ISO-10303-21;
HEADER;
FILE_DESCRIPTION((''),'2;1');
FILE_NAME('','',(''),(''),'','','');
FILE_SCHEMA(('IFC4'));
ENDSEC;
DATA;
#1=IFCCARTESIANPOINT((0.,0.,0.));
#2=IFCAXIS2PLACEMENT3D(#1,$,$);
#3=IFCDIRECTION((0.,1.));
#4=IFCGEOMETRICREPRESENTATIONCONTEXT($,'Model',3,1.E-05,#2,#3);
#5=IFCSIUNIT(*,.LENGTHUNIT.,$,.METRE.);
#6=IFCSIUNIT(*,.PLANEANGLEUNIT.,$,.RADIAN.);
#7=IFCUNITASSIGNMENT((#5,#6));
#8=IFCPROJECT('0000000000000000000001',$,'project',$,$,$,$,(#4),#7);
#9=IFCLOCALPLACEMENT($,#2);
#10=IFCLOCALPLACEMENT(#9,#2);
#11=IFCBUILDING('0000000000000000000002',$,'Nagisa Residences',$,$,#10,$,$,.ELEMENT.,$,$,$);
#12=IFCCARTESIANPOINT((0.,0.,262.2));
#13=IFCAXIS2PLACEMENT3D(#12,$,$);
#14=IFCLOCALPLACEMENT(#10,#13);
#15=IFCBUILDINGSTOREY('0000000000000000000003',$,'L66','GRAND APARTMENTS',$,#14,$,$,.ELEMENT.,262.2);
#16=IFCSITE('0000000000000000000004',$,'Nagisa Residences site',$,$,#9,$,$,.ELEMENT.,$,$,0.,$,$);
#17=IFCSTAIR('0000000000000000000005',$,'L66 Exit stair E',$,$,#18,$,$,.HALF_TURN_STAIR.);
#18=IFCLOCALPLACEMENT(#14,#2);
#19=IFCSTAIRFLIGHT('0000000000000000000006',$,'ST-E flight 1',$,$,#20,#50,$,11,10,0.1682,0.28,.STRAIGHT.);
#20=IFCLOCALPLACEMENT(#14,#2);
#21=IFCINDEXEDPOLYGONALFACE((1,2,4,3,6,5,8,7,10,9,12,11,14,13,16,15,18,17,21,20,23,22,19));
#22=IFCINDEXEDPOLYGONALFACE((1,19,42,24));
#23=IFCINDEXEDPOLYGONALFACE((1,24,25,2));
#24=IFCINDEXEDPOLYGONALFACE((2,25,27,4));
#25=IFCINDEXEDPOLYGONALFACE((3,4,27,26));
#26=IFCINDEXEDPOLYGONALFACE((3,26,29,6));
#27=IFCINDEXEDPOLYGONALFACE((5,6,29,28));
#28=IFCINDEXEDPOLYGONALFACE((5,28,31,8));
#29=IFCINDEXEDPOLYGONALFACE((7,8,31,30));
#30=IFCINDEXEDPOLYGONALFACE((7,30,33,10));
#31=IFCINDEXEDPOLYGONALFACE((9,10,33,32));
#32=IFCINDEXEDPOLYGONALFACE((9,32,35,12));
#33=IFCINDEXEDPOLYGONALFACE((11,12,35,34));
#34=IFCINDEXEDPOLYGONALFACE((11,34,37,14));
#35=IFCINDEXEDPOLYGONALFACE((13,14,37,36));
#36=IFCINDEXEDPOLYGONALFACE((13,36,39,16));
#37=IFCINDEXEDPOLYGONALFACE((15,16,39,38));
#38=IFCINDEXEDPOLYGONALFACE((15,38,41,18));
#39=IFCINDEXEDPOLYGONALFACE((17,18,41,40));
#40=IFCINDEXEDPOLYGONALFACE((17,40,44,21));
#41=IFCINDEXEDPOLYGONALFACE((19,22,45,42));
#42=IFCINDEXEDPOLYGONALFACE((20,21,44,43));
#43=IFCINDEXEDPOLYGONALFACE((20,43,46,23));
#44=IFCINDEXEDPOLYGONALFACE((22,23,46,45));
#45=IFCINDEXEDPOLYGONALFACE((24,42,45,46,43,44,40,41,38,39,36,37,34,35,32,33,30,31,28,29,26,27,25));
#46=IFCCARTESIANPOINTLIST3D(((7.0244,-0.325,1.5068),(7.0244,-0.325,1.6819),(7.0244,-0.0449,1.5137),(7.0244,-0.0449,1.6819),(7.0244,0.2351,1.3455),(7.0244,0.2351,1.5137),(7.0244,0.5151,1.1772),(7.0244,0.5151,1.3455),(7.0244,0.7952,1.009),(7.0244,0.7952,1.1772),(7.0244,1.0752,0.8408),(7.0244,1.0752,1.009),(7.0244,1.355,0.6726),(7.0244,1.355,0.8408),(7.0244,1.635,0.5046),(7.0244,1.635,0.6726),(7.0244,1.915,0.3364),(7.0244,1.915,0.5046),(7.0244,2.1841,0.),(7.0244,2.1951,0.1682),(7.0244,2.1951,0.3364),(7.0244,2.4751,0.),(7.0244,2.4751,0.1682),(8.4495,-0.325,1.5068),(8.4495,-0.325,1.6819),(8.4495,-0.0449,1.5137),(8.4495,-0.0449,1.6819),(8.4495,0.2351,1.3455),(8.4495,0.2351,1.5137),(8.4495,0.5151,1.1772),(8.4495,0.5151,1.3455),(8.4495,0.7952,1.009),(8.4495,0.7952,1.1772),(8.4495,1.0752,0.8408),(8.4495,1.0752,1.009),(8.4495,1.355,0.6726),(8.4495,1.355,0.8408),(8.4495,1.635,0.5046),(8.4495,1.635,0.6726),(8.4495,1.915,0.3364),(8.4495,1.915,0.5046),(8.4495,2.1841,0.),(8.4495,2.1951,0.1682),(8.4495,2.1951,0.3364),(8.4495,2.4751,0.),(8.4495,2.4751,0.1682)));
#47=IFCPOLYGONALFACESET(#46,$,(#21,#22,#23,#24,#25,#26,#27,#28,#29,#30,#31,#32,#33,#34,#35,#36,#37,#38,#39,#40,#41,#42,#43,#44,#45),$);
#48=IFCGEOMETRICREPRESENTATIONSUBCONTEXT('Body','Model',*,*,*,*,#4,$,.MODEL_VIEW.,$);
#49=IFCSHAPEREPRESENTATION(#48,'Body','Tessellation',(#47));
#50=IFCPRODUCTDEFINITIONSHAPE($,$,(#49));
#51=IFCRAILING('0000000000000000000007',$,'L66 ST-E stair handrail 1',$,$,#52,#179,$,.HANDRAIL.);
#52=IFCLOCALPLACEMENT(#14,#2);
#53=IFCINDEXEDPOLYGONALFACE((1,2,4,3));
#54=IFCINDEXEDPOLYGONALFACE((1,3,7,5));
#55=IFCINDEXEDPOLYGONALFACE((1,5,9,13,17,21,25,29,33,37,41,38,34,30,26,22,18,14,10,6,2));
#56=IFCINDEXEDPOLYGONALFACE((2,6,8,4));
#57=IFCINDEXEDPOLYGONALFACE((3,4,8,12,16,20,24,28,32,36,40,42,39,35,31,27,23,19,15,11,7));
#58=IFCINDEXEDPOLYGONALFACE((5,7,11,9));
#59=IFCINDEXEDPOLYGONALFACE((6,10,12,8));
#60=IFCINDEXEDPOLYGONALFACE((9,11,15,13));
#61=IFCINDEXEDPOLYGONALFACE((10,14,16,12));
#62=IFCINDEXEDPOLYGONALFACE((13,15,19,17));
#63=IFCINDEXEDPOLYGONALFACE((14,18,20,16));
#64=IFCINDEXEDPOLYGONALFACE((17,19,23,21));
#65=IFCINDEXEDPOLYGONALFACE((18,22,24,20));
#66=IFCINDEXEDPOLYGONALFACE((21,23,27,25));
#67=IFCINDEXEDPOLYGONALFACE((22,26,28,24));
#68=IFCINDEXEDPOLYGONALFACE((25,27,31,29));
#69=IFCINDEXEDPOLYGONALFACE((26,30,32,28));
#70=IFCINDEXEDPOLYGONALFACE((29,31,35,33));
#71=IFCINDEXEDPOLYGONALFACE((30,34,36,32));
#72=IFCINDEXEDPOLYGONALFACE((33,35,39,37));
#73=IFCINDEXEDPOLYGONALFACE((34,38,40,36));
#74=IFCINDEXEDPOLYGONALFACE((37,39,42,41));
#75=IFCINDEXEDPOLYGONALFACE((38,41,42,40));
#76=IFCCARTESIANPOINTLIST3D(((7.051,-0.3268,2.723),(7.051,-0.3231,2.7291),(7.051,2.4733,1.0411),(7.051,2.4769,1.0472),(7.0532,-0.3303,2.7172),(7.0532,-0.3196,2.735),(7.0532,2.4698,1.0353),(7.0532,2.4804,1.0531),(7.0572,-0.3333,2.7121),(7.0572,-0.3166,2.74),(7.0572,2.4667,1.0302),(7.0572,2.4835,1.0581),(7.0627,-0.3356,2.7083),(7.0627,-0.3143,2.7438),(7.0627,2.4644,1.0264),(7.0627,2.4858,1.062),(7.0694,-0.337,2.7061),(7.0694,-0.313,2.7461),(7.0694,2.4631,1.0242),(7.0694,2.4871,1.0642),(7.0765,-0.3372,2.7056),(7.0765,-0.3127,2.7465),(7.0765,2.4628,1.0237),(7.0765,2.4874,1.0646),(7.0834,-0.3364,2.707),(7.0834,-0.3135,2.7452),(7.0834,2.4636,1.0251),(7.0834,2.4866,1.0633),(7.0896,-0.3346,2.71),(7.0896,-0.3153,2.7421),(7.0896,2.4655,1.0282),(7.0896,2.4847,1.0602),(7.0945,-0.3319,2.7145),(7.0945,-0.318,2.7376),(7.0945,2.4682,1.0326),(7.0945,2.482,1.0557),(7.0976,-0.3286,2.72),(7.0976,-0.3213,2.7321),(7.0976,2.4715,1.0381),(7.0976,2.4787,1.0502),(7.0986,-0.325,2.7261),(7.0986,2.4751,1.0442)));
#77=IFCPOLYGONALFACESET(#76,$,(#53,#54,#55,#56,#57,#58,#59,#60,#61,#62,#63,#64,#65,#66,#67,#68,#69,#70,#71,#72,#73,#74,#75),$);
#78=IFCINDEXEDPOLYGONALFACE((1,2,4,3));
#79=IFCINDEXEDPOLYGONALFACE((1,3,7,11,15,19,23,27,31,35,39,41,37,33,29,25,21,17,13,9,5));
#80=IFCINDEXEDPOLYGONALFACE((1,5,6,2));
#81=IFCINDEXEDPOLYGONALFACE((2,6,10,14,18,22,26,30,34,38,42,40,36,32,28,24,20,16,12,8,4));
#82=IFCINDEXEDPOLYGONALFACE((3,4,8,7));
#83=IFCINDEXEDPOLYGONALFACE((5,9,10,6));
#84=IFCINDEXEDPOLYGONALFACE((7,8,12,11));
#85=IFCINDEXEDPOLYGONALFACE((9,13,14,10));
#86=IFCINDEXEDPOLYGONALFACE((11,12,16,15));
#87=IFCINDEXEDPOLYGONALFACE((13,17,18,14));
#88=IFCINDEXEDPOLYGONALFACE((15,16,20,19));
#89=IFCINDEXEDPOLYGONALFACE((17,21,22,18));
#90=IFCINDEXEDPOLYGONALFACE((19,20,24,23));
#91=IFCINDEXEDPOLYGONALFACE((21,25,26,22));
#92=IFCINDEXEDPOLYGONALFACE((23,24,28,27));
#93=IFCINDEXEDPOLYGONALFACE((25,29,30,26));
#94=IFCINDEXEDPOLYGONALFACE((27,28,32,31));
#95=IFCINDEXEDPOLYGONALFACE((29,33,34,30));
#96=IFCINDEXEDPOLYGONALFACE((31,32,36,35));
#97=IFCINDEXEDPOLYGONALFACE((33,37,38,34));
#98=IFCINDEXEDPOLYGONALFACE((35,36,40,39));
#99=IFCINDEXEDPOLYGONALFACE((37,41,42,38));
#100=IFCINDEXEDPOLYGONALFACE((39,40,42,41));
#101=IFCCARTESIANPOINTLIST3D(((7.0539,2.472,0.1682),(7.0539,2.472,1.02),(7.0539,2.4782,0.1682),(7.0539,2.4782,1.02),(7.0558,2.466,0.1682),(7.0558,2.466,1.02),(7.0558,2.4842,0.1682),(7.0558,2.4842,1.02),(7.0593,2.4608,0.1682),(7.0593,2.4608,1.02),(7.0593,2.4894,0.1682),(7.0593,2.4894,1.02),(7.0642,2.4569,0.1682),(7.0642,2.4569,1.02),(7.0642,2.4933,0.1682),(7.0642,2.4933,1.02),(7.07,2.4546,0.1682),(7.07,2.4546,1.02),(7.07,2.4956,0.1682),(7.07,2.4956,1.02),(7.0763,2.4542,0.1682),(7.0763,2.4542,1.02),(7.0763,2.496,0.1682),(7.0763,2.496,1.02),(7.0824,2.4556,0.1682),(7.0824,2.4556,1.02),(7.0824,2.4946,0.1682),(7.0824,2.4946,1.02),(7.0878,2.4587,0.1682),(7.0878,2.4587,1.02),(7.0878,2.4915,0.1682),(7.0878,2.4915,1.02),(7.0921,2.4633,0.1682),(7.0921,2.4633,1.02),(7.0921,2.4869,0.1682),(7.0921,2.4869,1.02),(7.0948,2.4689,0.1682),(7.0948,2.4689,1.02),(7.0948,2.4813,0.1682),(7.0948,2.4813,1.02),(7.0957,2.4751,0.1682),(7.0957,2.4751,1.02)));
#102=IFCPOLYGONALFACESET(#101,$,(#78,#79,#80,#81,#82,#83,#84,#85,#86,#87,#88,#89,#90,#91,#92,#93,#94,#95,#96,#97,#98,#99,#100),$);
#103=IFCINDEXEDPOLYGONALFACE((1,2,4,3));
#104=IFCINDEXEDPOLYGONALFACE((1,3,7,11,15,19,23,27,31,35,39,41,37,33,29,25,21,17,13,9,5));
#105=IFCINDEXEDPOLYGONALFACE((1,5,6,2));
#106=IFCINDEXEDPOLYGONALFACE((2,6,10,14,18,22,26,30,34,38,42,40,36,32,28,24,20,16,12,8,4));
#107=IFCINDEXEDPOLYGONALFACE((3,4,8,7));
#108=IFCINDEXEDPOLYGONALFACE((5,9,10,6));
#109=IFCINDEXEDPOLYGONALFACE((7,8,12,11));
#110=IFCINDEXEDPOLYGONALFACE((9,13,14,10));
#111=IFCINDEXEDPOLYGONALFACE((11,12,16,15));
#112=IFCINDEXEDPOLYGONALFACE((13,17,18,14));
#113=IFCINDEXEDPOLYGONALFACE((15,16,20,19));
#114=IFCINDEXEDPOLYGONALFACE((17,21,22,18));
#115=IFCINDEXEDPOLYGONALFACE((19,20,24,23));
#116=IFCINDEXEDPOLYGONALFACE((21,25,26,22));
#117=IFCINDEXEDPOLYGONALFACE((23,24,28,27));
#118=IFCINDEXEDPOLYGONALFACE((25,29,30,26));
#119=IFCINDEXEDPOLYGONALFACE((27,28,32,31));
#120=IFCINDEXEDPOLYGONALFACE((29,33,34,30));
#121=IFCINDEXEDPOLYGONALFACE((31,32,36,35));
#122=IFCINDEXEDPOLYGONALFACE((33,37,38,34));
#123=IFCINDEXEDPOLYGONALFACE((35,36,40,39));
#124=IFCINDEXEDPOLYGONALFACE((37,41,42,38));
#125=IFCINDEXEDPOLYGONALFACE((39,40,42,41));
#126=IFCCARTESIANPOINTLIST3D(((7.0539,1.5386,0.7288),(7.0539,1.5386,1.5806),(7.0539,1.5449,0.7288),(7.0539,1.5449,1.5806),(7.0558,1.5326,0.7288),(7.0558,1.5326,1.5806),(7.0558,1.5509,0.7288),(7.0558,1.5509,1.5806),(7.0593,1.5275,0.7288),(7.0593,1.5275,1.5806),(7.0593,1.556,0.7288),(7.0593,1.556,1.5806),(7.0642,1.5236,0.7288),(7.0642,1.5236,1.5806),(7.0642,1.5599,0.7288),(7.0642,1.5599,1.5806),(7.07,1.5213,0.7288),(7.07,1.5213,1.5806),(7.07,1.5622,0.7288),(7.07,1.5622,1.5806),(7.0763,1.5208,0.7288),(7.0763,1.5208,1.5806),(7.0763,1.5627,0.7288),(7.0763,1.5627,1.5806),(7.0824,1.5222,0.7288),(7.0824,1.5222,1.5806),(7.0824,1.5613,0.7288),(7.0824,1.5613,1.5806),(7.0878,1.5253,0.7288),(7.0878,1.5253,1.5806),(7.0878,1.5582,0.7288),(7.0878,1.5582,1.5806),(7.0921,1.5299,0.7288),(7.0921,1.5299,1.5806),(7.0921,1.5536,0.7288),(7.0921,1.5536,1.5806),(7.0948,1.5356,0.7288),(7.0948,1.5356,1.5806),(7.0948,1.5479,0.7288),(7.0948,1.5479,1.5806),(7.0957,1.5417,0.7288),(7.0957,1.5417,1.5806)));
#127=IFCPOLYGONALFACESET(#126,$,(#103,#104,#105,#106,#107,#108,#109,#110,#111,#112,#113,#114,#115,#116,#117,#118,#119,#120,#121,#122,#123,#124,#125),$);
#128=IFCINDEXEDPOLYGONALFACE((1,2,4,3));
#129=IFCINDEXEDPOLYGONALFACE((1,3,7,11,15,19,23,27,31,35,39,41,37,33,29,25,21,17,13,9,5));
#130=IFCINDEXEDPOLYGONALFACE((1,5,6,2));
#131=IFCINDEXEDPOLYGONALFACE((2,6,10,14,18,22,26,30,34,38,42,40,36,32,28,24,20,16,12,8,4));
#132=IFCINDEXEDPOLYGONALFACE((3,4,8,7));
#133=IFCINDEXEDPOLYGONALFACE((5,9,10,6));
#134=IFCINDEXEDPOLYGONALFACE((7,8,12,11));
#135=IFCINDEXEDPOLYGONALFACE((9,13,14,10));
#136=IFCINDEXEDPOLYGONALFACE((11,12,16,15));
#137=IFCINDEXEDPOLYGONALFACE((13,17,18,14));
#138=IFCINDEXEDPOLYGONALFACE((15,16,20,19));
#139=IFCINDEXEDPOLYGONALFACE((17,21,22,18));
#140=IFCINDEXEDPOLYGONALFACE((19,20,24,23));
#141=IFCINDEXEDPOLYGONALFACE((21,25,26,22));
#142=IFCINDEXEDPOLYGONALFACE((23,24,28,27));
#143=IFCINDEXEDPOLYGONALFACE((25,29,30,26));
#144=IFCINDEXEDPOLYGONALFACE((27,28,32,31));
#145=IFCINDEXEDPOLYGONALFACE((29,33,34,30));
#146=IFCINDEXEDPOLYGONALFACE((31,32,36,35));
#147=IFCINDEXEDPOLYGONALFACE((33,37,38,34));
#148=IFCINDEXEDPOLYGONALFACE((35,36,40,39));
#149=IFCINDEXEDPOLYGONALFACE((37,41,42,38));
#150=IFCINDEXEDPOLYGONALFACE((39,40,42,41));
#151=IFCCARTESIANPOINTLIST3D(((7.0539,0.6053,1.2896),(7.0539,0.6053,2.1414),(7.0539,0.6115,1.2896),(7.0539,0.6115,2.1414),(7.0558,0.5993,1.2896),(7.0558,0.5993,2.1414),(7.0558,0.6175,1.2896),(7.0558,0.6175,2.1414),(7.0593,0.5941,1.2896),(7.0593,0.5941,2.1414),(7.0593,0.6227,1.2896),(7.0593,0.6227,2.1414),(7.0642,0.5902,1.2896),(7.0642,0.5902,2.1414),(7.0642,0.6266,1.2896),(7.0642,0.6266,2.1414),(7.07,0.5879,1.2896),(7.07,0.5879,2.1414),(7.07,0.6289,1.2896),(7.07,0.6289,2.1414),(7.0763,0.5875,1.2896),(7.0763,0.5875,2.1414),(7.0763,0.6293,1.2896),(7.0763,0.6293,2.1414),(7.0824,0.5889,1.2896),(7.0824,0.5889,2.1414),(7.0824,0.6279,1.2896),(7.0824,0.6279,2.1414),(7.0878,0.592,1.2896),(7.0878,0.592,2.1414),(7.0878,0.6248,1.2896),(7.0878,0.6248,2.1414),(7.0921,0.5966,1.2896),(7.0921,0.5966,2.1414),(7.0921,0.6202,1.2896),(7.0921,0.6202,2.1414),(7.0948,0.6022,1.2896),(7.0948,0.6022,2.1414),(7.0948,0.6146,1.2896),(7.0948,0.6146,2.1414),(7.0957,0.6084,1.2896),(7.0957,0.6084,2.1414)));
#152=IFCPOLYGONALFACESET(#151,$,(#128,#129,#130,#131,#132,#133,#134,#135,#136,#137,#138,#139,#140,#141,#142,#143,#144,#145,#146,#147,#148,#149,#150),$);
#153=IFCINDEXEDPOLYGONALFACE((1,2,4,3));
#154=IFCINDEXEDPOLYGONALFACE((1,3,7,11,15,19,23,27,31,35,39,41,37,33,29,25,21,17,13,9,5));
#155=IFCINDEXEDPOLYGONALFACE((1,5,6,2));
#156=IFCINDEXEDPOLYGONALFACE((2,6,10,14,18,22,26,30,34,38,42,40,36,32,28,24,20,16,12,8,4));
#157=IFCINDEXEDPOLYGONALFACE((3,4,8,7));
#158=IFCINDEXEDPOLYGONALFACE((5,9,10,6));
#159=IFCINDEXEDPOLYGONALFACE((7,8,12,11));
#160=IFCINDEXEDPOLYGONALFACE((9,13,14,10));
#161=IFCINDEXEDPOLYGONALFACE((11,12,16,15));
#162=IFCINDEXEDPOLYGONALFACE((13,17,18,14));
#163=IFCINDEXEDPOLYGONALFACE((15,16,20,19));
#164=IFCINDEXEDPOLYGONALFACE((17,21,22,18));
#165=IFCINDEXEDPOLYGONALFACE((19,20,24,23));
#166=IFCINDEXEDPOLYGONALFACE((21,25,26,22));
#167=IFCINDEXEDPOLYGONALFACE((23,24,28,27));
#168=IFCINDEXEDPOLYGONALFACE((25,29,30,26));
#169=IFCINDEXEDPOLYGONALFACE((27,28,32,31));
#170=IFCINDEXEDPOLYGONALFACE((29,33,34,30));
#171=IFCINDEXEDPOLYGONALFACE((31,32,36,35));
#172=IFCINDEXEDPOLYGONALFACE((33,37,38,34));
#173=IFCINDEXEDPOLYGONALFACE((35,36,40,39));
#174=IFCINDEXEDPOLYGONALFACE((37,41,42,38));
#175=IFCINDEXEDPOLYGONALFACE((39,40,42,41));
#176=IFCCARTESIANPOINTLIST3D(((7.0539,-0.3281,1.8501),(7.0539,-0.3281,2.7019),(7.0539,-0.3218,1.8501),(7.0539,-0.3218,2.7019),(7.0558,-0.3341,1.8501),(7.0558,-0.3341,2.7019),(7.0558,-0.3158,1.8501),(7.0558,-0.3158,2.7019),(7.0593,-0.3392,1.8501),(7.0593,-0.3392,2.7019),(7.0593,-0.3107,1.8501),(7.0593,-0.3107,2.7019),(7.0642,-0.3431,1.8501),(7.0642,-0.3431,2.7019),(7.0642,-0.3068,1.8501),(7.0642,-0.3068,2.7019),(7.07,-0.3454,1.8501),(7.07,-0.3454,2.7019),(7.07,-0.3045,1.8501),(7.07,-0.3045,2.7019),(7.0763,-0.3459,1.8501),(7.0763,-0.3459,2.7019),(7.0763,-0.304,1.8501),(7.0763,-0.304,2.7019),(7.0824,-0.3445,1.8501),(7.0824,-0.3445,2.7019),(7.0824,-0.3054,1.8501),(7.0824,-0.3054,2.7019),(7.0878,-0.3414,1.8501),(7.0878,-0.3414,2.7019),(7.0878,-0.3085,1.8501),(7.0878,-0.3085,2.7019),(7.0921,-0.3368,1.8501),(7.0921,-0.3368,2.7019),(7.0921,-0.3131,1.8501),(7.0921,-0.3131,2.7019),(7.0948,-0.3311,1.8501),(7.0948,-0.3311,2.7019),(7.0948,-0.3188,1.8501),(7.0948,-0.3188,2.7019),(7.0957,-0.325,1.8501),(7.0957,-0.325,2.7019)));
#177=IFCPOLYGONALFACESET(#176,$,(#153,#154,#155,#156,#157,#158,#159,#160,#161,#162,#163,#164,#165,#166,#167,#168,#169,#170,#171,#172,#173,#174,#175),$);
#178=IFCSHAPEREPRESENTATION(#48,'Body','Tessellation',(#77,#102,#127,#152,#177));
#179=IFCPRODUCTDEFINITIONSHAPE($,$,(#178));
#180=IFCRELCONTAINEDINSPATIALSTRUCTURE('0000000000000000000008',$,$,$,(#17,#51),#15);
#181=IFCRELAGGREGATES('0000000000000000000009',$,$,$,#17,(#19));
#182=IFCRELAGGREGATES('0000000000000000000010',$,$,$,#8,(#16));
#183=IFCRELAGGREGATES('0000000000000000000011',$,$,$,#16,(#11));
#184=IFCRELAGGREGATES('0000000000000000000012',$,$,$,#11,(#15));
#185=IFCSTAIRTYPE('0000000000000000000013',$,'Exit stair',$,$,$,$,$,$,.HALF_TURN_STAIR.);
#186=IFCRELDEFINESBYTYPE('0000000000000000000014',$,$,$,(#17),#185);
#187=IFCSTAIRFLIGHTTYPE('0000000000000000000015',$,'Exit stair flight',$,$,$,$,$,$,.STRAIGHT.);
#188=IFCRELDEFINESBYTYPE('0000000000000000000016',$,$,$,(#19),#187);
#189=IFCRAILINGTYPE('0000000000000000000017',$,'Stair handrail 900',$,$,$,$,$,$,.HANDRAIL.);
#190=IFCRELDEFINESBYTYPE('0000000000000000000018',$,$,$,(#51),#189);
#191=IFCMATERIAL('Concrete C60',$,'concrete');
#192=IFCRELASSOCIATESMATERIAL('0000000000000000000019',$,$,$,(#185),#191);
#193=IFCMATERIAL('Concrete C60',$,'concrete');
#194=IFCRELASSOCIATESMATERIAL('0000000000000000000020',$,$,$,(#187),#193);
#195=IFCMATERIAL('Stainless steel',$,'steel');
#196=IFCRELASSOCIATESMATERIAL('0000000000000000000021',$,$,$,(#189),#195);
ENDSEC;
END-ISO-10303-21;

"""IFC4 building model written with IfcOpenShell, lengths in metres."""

from ifc_helpers import new_model, si_unit, direction, frame, origin, origin_2d, place, context, subcontext, project, spatial, polyline, circle, outline, extrude, material, type_object, element, aggregate, save


model = new_model("IFC4")

# Units and contexts
model_context = context("Model", 3, precision=1e-05, world=origin(), true_north=direction((0.0, 1.0)))
body_context = subcontext(model_context, "Body", "Model", "MODEL_VIEW")
ifc_project = project(units=[si_unit("LENGTHUNIT", "METRE"), si_unit("PLANEANGLEUNIT", "RADIAN")], contexts=[model_context])

# Site, building, storey
site_placement = place(None, origin())
site = spatial("IfcSite", under=ifc_project, at=site_placement, Name="Nagisa Residences site", CompositionType="ELEMENT", RefElevation=0.0)
building_placement = place(site_placement, origin())
building = spatial("IfcBuilding", under=site, at=building_placement, Name="Nagisa Residences", CompositionType="ELEMENT")
storey_placement = place(building_placement, frame((0.0, 0.0, 262.2)))
storey = spatial("IfcBuildingStorey", under=building, at=storey_placement, Name="L66", Description="GRAND APARTMENTS", CompositionType="ELEMENT", Elevation=262.2)

# Stair
ifc_material_1 = material(Name="Concrete C60", Category="concrete")
stair_type = type_object("IfcStairType", Name="Exit stair", PredefinedType="HALF_TURN_STAIR", material=ifc_material_1)
stair_1_placement = place(storey_placement, origin())
stair_1 = element("IfcStair", 1, at=stair_1_placement, inside=storey, type_object=stair_type, Name="L66 Exit stair E", PredefinedType="HALF_TURN_STAIR")

# Stair flight
ifc_material_2 = material(Name="Concrete C60", Category="concrete")
stair_flight_type = type_object("IfcStairFlightType", Name="Exit stair flight", PredefinedType="STRAIGHT", material=ifc_material_2)
stair_flight_placement = place(storey_placement, frame((7.7371, 2.4751, 0.0), z_axis=(0.0, 0.0, 1.0), x_axis=(0.0, -1.0, 0.0)))
stair_flight = element("IfcStairFlight", 2, at=stair_flight_placement, type_object=stair_flight_type, Name="ST-E flight 1", NumberOfRisers=11, NumberOfTreads=10, PredefinedType="STRAIGHT", RiserHeight=0.1682, TreadLength=0.28, context=body_context, shape_type="SweptSolid", body=[
    extrude(outline(polyline([(0.0, 0.0), (0.0, 0.1682), (0.28, 0.1682), (0.28, 0.3364), (0.5601, 0.3364), (0.5601, 0.5046), (0.8401, 0.5046), (0.8401, 0.6726), (1.1201, 0.6726), (1.1201, 0.8408), (1.3999, 0.8408), (1.3999, 1.009), (1.6799, 1.009), (1.6799, 1.1772), (1.96, 1.1772), (1.96, 1.3455), (2.24, 1.3455), (2.24, 1.5137), (2.52, 1.5137), (2.52, 1.6819), (2.8, 1.6819), (2.8, 1.8501), (2.8, 1.5068), (0.291, 0.0), (0.0, 0.0)])), frame((0.0, 0.7124, 0.0), z_axis=(0.0, -1.0, 0.0), x_axis=(1.0, 0.0, 0.0)), (0.0, 0.0, 1.0), 1.425),
])
aggregate(stair_1, [stair_flight])

# Railing
ifc_material_3 = material(Name="Stainless steel", Category="steel")
railing_type_1 = type_object("IfcRailingType", Name="Stair handrail 900", PredefinedType="HANDRAIL", material=ifc_material_3)
railing_1_placement = place(storey_placement, frame((7.0747, 2.4751, 0.1682)))
element("IfcRailing", 3, at=railing_1_placement, inside=storey, type_object=railing_type_1, Name="L66 ST-E stair handrail 1", PredefinedType="HANDRAIL", context=body_context, shape_type="SweptSolid", body=[
    extrude(circle(Radius=0.0239, at=origin_2d()), frame((0.0, 0.0, 0.876), z_axis=(0.0, -0.857242, 0.514913), x_axis=(1.0, 0.0, 0.0)), (0.0, 0.0, 1.0), 3.2664),
    extrude(circle(Radius=0.021, at=origin_2d()), origin(), (0.0, 0.0, 1.0), 0.8518),
    extrude(circle(Radius=0.021, at=origin_2d()), frame((0.0, -0.9333, 0.5605)), (0.0, 0.0, 1.0), 0.8518),
    extrude(circle(Radius=0.021, at=origin_2d()), frame((0.0, -1.8667, 1.1213)), (0.0, 0.0, 1.0), 0.8518),
    extrude(circle(Radius=0.021, at=origin_2d()), frame((0.0, -2.8, 1.6819)), (0.0, 0.0, 1.0), 0.8518),
])

save(model, "model.ifc")
